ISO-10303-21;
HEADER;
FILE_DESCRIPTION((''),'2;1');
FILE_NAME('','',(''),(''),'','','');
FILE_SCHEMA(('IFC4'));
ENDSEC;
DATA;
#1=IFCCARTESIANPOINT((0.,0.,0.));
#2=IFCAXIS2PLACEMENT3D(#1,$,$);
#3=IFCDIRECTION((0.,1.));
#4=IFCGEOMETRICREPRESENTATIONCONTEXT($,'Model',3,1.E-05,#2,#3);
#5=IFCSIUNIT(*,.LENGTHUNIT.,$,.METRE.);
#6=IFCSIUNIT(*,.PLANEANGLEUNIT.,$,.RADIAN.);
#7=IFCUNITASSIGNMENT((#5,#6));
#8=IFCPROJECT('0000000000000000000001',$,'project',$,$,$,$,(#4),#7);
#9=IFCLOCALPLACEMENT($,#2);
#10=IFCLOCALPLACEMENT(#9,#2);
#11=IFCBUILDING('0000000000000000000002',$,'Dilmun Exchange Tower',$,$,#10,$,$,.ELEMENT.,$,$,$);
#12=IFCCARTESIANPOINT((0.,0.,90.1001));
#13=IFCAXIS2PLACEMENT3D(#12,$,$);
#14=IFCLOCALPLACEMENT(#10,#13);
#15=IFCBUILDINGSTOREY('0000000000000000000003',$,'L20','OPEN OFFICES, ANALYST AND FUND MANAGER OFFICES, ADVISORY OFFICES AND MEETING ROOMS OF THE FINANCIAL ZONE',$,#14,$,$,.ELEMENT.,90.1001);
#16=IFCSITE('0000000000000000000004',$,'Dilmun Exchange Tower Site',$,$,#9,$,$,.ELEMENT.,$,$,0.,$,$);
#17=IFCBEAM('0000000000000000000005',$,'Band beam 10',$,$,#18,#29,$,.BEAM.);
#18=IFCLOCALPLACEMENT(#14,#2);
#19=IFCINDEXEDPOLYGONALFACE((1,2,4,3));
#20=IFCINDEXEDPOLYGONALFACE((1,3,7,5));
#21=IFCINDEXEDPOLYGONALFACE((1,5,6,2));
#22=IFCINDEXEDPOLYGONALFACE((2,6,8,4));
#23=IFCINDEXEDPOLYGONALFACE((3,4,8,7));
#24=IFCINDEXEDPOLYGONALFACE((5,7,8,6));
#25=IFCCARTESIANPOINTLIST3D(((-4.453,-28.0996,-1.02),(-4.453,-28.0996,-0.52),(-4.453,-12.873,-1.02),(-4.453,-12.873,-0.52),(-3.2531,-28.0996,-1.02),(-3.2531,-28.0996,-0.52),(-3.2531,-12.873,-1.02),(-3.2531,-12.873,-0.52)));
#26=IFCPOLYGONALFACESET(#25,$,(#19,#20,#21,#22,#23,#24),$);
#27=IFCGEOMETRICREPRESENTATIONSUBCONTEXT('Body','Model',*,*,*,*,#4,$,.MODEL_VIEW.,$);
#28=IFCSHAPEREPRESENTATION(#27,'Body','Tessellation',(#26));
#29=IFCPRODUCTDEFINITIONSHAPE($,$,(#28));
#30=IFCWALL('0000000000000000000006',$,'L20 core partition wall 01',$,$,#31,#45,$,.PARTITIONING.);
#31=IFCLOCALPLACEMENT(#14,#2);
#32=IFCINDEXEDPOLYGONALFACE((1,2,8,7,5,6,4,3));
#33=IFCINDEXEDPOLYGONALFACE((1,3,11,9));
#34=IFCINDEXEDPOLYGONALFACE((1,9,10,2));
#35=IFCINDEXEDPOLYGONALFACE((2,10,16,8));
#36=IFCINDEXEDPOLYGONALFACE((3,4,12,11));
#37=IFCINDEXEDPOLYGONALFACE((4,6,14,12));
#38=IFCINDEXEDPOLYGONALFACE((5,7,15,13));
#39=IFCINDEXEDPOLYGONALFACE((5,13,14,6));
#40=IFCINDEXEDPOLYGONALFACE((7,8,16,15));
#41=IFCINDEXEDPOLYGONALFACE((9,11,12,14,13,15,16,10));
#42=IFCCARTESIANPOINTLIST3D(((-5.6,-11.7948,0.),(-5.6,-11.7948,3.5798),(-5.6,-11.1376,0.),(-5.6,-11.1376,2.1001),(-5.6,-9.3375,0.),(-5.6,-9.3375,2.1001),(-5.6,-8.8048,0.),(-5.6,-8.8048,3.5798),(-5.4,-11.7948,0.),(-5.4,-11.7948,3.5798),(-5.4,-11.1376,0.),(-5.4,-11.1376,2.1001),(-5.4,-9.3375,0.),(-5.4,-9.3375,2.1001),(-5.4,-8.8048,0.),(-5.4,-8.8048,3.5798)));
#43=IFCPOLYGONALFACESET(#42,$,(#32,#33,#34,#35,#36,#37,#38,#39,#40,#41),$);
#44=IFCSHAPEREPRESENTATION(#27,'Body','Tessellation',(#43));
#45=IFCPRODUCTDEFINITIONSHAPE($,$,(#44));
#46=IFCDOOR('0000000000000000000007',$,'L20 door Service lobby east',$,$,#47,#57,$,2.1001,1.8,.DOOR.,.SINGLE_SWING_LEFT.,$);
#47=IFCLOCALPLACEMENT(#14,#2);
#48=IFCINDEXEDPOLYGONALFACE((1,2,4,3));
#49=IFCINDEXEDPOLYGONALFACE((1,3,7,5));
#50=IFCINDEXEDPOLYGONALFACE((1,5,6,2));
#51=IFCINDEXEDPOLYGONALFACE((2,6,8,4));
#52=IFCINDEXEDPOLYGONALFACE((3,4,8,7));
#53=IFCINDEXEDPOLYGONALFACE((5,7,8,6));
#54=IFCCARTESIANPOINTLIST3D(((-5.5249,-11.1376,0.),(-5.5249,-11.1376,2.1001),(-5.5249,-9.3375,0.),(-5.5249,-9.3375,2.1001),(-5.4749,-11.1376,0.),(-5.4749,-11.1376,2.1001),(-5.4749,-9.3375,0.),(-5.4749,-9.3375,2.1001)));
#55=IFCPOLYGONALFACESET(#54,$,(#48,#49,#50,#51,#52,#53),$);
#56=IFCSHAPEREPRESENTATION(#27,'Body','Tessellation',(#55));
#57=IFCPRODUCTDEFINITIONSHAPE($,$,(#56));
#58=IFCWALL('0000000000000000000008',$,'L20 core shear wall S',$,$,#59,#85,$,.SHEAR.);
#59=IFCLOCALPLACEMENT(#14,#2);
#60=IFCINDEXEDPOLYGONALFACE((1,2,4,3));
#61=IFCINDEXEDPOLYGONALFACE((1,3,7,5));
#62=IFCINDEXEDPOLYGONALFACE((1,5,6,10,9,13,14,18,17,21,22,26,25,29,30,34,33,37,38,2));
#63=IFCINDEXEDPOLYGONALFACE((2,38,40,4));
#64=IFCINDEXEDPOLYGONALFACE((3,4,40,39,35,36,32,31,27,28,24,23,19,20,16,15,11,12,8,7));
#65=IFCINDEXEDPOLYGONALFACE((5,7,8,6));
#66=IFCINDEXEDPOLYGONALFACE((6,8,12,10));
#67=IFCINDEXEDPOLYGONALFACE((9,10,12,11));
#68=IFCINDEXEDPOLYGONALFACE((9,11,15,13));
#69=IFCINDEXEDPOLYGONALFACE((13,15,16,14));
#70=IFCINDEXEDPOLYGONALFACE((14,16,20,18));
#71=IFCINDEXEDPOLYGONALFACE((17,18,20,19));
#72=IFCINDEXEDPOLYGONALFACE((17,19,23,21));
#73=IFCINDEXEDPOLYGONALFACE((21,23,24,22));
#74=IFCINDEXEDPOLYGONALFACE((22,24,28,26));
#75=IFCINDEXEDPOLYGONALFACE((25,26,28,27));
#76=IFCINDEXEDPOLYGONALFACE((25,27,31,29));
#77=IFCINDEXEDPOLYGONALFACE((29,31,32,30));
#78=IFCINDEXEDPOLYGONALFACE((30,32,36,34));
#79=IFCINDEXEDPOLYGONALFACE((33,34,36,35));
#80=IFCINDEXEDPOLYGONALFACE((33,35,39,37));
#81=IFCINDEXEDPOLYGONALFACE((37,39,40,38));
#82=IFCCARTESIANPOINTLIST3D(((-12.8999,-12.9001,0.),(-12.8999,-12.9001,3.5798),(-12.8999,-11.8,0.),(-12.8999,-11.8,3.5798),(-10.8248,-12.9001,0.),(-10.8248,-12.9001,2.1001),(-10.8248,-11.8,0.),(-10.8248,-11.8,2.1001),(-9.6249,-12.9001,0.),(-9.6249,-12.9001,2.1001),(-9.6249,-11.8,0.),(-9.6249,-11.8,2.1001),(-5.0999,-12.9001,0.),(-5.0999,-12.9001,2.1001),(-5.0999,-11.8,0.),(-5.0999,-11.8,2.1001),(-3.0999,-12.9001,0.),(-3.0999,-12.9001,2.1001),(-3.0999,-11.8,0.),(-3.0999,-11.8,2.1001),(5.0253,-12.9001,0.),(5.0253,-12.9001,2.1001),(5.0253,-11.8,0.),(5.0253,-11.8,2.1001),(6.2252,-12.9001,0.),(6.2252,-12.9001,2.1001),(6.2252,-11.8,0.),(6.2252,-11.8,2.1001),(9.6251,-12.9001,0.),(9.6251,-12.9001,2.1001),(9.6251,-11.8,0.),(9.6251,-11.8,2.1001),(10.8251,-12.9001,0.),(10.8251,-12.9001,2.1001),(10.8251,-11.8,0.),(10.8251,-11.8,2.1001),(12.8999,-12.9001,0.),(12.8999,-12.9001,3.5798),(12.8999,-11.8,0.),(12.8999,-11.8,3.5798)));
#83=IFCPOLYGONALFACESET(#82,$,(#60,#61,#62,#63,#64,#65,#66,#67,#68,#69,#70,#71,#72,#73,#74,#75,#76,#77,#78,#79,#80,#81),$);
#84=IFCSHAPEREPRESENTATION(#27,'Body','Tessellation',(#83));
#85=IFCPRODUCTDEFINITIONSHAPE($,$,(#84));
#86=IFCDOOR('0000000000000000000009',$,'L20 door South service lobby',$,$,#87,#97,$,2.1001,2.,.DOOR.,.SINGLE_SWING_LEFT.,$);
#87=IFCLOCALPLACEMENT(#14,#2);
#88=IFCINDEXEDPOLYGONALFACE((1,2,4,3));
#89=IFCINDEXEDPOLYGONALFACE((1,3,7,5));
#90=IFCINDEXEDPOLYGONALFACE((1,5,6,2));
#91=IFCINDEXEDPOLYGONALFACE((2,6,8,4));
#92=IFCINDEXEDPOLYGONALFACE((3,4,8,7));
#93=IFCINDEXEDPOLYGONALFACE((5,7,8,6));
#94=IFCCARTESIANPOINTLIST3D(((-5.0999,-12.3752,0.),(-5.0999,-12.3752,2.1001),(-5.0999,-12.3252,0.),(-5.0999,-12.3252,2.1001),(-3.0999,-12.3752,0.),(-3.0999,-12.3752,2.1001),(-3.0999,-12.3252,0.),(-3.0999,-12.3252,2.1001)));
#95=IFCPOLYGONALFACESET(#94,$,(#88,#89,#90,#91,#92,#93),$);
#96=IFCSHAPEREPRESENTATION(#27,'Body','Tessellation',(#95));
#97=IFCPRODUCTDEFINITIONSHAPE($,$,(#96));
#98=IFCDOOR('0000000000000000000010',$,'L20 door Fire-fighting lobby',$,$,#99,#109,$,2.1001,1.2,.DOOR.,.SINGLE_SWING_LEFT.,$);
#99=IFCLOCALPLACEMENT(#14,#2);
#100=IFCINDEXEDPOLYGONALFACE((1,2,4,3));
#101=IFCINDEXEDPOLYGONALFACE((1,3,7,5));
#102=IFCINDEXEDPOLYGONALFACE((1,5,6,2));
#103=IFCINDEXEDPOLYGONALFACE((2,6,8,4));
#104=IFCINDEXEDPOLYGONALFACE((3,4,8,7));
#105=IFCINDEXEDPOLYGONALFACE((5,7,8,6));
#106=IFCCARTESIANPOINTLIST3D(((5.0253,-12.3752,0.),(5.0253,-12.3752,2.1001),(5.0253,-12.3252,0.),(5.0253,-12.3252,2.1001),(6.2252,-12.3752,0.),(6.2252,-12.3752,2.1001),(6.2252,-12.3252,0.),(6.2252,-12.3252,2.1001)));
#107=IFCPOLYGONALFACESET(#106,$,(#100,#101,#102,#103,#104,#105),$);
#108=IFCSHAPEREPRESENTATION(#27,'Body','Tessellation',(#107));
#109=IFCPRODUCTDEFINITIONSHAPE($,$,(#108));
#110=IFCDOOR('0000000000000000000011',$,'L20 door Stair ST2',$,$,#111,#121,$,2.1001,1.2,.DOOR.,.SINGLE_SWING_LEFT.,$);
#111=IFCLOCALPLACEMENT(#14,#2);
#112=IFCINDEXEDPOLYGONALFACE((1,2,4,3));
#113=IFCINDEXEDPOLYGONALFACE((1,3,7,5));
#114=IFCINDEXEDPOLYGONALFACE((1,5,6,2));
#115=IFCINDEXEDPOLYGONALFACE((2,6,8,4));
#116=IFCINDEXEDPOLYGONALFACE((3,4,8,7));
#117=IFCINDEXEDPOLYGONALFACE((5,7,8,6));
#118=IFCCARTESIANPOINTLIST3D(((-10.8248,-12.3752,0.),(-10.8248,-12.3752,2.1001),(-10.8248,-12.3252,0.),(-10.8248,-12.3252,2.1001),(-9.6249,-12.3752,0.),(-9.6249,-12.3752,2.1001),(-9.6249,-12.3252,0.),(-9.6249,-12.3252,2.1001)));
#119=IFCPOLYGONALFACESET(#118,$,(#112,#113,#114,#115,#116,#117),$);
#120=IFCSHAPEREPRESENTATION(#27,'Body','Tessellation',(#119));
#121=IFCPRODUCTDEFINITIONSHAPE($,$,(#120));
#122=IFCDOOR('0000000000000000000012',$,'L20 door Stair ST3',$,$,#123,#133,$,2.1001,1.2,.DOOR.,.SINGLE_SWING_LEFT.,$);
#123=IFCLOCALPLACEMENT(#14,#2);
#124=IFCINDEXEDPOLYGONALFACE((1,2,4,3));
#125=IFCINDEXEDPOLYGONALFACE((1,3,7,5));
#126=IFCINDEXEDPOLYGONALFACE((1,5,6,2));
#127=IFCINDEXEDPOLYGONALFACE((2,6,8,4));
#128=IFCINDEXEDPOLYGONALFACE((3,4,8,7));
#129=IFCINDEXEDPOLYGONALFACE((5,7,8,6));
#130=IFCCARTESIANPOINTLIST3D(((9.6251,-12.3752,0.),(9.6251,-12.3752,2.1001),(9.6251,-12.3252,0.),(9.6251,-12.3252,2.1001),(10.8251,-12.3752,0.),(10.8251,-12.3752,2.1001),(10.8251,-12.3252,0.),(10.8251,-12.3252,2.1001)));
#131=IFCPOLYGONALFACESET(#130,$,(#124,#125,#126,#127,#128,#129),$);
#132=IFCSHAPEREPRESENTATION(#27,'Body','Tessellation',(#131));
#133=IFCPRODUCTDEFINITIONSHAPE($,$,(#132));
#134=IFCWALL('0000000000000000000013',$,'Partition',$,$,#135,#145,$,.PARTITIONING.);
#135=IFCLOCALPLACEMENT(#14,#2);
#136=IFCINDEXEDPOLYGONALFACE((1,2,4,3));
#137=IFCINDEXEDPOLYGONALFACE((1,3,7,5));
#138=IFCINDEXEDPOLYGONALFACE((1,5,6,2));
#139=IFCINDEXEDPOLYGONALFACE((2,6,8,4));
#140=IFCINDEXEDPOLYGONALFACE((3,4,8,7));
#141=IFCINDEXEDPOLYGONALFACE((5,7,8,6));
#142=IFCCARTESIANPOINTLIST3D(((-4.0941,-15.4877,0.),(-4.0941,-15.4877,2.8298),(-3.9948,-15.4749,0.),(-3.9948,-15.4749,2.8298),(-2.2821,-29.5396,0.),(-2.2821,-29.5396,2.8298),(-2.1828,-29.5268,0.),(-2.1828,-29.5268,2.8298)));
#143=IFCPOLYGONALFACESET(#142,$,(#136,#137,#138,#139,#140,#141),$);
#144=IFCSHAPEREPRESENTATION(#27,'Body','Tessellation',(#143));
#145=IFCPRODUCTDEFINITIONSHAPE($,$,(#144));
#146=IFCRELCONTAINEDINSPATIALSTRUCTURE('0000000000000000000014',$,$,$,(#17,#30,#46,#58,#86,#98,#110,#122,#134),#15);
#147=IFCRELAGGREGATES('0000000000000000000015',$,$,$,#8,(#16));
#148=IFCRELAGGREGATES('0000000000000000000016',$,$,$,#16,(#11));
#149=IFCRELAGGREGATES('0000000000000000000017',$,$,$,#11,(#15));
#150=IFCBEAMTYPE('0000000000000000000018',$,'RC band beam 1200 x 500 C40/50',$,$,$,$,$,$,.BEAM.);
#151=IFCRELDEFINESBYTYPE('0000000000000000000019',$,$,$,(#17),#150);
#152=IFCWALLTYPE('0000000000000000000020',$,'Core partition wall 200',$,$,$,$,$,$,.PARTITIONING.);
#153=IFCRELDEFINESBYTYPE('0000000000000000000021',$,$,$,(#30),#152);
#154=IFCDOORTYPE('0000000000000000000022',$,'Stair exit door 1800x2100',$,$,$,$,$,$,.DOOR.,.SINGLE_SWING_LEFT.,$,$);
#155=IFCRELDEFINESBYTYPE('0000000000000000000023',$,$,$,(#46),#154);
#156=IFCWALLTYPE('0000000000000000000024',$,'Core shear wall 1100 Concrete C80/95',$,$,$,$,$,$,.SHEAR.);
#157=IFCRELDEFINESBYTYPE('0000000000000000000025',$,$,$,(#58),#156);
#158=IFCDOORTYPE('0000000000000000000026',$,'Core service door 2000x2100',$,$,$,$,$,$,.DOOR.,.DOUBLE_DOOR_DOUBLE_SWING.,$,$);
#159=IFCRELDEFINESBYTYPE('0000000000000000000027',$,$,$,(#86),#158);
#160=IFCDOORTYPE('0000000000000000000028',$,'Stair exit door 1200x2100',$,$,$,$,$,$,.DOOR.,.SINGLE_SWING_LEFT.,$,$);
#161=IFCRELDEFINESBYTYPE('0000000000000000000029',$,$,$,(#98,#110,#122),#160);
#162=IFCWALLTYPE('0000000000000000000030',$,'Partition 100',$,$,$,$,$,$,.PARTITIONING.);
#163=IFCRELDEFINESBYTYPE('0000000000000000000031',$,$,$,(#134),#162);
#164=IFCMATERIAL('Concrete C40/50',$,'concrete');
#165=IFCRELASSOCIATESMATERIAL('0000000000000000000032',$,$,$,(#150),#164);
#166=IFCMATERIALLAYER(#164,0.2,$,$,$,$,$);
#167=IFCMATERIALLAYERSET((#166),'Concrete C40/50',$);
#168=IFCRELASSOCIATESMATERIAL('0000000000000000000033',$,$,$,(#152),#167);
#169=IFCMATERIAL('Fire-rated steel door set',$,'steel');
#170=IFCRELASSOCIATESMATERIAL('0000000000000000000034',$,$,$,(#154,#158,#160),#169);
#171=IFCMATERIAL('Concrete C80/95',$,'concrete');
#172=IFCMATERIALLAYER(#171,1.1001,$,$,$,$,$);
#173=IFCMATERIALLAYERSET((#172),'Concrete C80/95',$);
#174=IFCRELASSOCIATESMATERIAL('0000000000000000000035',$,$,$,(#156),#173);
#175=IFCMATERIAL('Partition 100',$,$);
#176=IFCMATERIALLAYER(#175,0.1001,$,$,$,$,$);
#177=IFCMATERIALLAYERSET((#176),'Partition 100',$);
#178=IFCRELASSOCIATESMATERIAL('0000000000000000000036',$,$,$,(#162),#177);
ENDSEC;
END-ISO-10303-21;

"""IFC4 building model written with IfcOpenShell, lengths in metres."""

from ifc_helpers import new_model, si_unit, direction, frame, frame_2d, origin, origin_2d, place, context, subcontext, project, spatial, rectangle, extrude, material, layer, layer_set, material_profile, profile_set, type_object, element, fill, save


model = new_model("IFC4")

# Units and contexts
model_context = context("Model", 3, precision=1e-05, world=origin(), true_north=direction((0.0, 1.0)))
body_context = subcontext(model_context, "Body", "Model", "MODEL_VIEW")
ifc_project = project(units=[si_unit("LENGTHUNIT", "METRE"), si_unit("PLANEANGLEUNIT", "RADIAN")], contexts=[model_context])

# Site, building, storey
site_placement = place(None, origin())
site = spatial("IfcSite", under=ifc_project, at=site_placement, Name="Dilmun Exchange Tower Site", CompositionType="ELEMENT", RefElevation=0.0)
building_placement = place(site_placement, origin())
building = spatial("IfcBuilding", under=site, at=building_placement, Name="Dilmun Exchange Tower", CompositionType="ELEMENT")
storey_placement = place(building_placement, frame((0.0, 0.0, 90.1001)))
storey = spatial("IfcBuildingStorey", under=building, at=storey_placement, Name="L20", Description="OPEN OFFICES, ANALYST AND FUND MANAGER OFFICES, ADVISORY OFFICES AND MEETING ROOMS OF THE FINANCIAL ZONE", CompositionType="ELEMENT", Elevation=90.1001)

# Beam
ifc_material_1 = material(Name="Concrete C40/50", Category="concrete")
ifc_material_profile = material_profile(ifc_material_1, rectangle(XDim=1.2, YDim=0.5, at=origin_2d()), Name="1200 x 500")
ifc_profile_set = profile_set([ifc_material_profile], Name="Concrete C40/50")
beam_type = type_object("IfcBeamType", Name="RC band beam 1200 x 500 C40/50", PredefinedType="BEAM", material=ifc_profile_set)
beam_placement = place(storey_placement, frame((-3.853, -28.0996, -0.77), z_axis=(0.0, 1.0, 0.0), x_axis=(-1.0, 0.0, 0.0)))
element("IfcBeam", 1, at=beam_placement, inside=storey, type_object=beam_type, Name="Band beam 10", PredefinedType="BEAM", context=body_context, shape_type="SweptSolid", body=[
    extrude(rectangle(XDim=1.2, YDim=0.5, at=origin_2d()), origin(), (0.0, 0.0, 1.0), 15.2266),
])

# Wall, opening, door
ifc_layer_1 = layer(ifc_material_1, 0.2)
ifc_layer_set_1 = layer_set([ifc_layer_1], Name="Concrete C40/50")
wall_type_1 = type_object("IfcWallType", Name="Core partition wall 200", PredefinedType="PARTITIONING", material=ifc_layer_set_1)
wall_1_placement = place(storey_placement, frame((-5.5, -11.7949, 0.0), z_axis=(0.0, 0.0, 1.0), x_axis=(0.0, 1.0, 0.0)))
wall_1 = element("IfcWall", 2, at=wall_1_placement, inside=storey, type_object=wall_type_1, Name="L20 core partition wall 01", PredefinedType="PARTITIONING", context=body_context, shape_type="SweptSolid", body=[
    extrude(rectangle(XDim=2.99, YDim=0.2, at=frame_2d((1.4951, 0.0))), origin(), (0.0, 0.0, 1.0), 3.5798),
])
opening_1_placement = place(wall_1_placement, frame((0.6575, 0.0, 0.0)))
opening_1 = element("IfcOpeningElement", 3, at=opening_1_placement, cuts=wall_1, PredefinedType="OPENING", context=body_context, shape_type="SweptSolid", body=[
    extrude(rectangle(XDim=1.8, YDim=2.1001, at=frame_2d((0.8999, 1.05))), frame((0.0, 0.1099, 0.0), z_axis=(0.0, -1.0, 0.0), x_axis=(1.0, 0.0, 0.0)), (0.0, 0.0, 1.0), 0.22),
])
ifc_material_2 = material(Name="Fire-rated steel door set", Category="steel")
door_type_1 = type_object("IfcDoorType", Name="Stair exit door 1800x2100", OperationType="SINGLE_SWING_LEFT", PredefinedType="DOOR", material=ifc_material_2)
door_1_placement = place(opening_1_placement, origin())
door_1 = element("IfcDoor", 4, at=door_1_placement, inside=storey, type_object=door_type_1, Name="L20 door Service lobby east", OperationType="SINGLE_SWING_LEFT", OverallHeight=2.1001, OverallWidth=1.8, PredefinedType="DOOR", context=body_context, shape_type="SweptSolid", body=[
    extrude(rectangle(XDim=1.8, YDim=2.1001, at=frame_2d((0.8999, 1.05))), frame((0.0, 0.0249, 0.0), z_axis=(0.0, -1.0, 0.0), x_axis=(1.0, 0.0, 0.0)), (0.0, 0.0, 1.0), 0.05),
])
fill(opening_1, door_1)

# Wall, openings, doors
ifc_material_3 = material(Name="Concrete C80/95", Category="concrete")
ifc_layer_2 = layer(ifc_material_3, 1.1001)
ifc_layer_set_2 = layer_set([ifc_layer_2], Name="Concrete C80/95")
wall_type_2 = type_object("IfcWallType", Name="Core shear wall 1100 Concrete C80/95", PredefinedType="SHEAR", material=ifc_layer_set_2)
wall_2_placement = place(storey_placement, frame((-12.8999, -12.3501, 0.0), z_axis=(0.0, 0.0, 1.0), x_axis=(1.0, 0.0, 0.0)))
wall_2 = element("IfcWall", 5, at=wall_2_placement, inside=storey, type_object=wall_type_2, Name="L20 core shear wall S", PredefinedType="SHEAR", context=body_context, shape_type="SweptSolid", body=[
    extrude(rectangle(XDim=25.7998, YDim=1.1001, at=frame_2d((12.8999, 0.0))), origin(), (0.0, 0.0, 1.0), 3.5798),
])
opening_2_placement = place(wall_2_placement, frame((7.8, 0.0, 0.0)))
opening_2 = element("IfcOpeningElement", 6, at=opening_2_placement, cuts=wall_2, PredefinedType="OPENING", context=body_context, shape_type="SweptSolid", body=[
    extrude(rectangle(XDim=2.0, YDim=2.1001, at=frame_2d((1.0, 1.05))), frame((0.0, 0.5601, 0.0), z_axis=(0.0, -1.0, 0.0), x_axis=(1.0, 0.0, 0.0)), (0.0, 0.0, 1.0), 1.1201),
])
opening_3_placement = place(wall_2_placement, frame((17.925, 0.0, 0.0)))
opening_3 = element("IfcOpeningElement", 7, at=opening_3_placement, cuts=wall_2, PredefinedType="OPENING", context=body_context, shape_type="SweptSolid", body=[
    extrude(rectangle(XDim=1.2, YDim=2.1001, at=frame_2d((0.6001, 1.05))), frame((0.0, 0.5601, 0.0), z_axis=(0.0, -1.0, 0.0), x_axis=(1.0, 0.0, 0.0)), (0.0, 0.0, 1.0), 1.1201),
])
opening_4_placement = place(wall_2_placement, frame((2.075, 0.0, 0.0)))
opening_4 = element("IfcOpeningElement", 8, at=opening_4_placement, cuts=wall_2, PredefinedType="OPENING", context=body_context, shape_type="SweptSolid", body=[
    extrude(rectangle(XDim=1.2, YDim=2.1001, at=frame_2d((0.6001, 1.05))), frame((0.0, 0.5601, 0.0), z_axis=(0.0, -1.0, 0.0), x_axis=(1.0, 0.0, 0.0)), (0.0, 0.0, 1.0), 1.1201),
])
opening_5_placement = place(wall_2_placement, frame((22.5249, 0.0, 0.0)))
opening_5 = element("IfcOpeningElement", 9, at=opening_5_placement, cuts=wall_2, PredefinedType="OPENING", context=body_context, shape_type="SweptSolid", body=[
    extrude(rectangle(XDim=1.2, YDim=2.1001, at=frame_2d((0.6001, 1.05))), frame((0.0, 0.5601, 0.0), z_axis=(0.0, -1.0, 0.0), x_axis=(1.0, 0.0, 0.0)), (0.0, 0.0, 1.0), 1.1201),
])
door_type_2 = type_object("IfcDoorType", Name="Core service door 2000x2100", OperationType="DOUBLE_DOOR_DOUBLE_SWING", PredefinedType="DOOR", material=ifc_material_2)
door_2_placement = place(opening_2_placement, origin())
door_2 = element("IfcDoor", 10, at=door_2_placement, inside=storey, type_object=door_type_2, Name="L20 door South service lobby", OperationType="SINGLE_SWING_LEFT", OverallHeight=2.1001, OverallWidth=2.0, PredefinedType="DOOR", context=body_context, shape_type="SweptSolid", body=[
    extrude(rectangle(XDim=2.0, YDim=2.1001, at=frame_2d((1.0, 1.05))), frame((0.0, 0.0249, 0.0), z_axis=(0.0, -1.0, 0.0), x_axis=(1.0, 0.0, 0.0)), (0.0, 0.0, 1.0), 0.05),
])
fill(opening_2, door_2)
door_type_3 = type_object("IfcDoorType", Name="Stair exit door 1200x2100", OperationType="SINGLE_SWING_LEFT", PredefinedType="DOOR", material=ifc_material_2)
door_3_placement = place(opening_3_placement, origin())
door_3 = element("IfcDoor", 11, at=door_3_placement, inside=storey, type_object=door_type_3, Name="L20 door Fire-fighting lobby", OperationType="SINGLE_SWING_LEFT", OverallHeight=2.1001, OverallWidth=1.2, PredefinedType="DOOR", context=body_context, shape_type="SweptSolid", body=[
    extrude(rectangle(XDim=1.2, YDim=2.1001, at=frame_2d((0.6001, 1.05))), frame((0.0, 0.0249, 0.0), z_axis=(0.0, -1.0, 0.0), x_axis=(1.0, 0.0, 0.0)), (0.0, 0.0, 1.0), 0.05),
])
fill(opening_3, door_3)
door_4_placement = place(opening_4_placement, origin())
door_4 = element("IfcDoor", 12, at=door_4_placement, inside=storey, type_object=door_type_3, Name="L20 door Stair ST2", OperationType="SINGLE_SWING_LEFT", OverallHeight=2.1001, OverallWidth=1.2, PredefinedType="DOOR", context=body_context, shape_type="SweptSolid", body=[
    extrude(rectangle(XDim=1.2, YDim=2.1001, at=frame_2d((0.6001, 1.05))), frame((0.0, 0.0249, 0.0), z_axis=(0.0, -1.0, 0.0), x_axis=(1.0, 0.0, 0.0)), (0.0, 0.0, 1.0), 0.05),
])
fill(opening_4, door_4)
door_5_placement = place(opening_5_placement, origin())
door_5 = element("IfcDoor", 13, at=door_5_placement, inside=storey, type_object=door_type_3, Name="L20 door Stair ST3", OperationType="SINGLE_SWING_LEFT", OverallHeight=2.1001, OverallWidth=1.2, PredefinedType="DOOR", context=body_context, shape_type="SweptSolid", body=[
    extrude(rectangle(XDim=1.2, YDim=2.1001, at=frame_2d((0.6001, 1.05))), frame((0.0, 0.0249, 0.0), z_axis=(0.0, -1.0, 0.0), x_axis=(1.0, 0.0, 0.0)), (0.0, 0.0, 1.0), 0.05),
])
fill(opening_5, door_5)

# Wall
ifc_material_4 = material(Name="Partition 100")
ifc_layer_3 = layer(ifc_material_4, 0.1001)
ifc_layer_set_3 = layer_set([ifc_layer_3], Name="Partition 100")
wall_type_3 = type_object("IfcWallType", Name="Partition 100", PredefinedType="PARTITIONING", material=ifc_layer_set_3)
wall_3_placement = place(storey_placement, frame((-4.0444, -15.4814, 0.0), z_axis=(0.0, 0.0, 1.0), x_axis=(0.127894, -0.991788, 0.0)))
element("IfcWall", 14, at=wall_3_placement, inside=storey, type_object=wall_type_3, Name="Partition", PredefinedType="PARTITIONING", context=body_context, shape_type="SweptSolid", body=[
    extrude(rectangle(XDim=14.1682, YDim=0.1001, at=frame_2d((7.084, 0.0))), origin(), (0.0, 0.0, 1.0), 2.8298),
])

save(model, "model.ifc")
